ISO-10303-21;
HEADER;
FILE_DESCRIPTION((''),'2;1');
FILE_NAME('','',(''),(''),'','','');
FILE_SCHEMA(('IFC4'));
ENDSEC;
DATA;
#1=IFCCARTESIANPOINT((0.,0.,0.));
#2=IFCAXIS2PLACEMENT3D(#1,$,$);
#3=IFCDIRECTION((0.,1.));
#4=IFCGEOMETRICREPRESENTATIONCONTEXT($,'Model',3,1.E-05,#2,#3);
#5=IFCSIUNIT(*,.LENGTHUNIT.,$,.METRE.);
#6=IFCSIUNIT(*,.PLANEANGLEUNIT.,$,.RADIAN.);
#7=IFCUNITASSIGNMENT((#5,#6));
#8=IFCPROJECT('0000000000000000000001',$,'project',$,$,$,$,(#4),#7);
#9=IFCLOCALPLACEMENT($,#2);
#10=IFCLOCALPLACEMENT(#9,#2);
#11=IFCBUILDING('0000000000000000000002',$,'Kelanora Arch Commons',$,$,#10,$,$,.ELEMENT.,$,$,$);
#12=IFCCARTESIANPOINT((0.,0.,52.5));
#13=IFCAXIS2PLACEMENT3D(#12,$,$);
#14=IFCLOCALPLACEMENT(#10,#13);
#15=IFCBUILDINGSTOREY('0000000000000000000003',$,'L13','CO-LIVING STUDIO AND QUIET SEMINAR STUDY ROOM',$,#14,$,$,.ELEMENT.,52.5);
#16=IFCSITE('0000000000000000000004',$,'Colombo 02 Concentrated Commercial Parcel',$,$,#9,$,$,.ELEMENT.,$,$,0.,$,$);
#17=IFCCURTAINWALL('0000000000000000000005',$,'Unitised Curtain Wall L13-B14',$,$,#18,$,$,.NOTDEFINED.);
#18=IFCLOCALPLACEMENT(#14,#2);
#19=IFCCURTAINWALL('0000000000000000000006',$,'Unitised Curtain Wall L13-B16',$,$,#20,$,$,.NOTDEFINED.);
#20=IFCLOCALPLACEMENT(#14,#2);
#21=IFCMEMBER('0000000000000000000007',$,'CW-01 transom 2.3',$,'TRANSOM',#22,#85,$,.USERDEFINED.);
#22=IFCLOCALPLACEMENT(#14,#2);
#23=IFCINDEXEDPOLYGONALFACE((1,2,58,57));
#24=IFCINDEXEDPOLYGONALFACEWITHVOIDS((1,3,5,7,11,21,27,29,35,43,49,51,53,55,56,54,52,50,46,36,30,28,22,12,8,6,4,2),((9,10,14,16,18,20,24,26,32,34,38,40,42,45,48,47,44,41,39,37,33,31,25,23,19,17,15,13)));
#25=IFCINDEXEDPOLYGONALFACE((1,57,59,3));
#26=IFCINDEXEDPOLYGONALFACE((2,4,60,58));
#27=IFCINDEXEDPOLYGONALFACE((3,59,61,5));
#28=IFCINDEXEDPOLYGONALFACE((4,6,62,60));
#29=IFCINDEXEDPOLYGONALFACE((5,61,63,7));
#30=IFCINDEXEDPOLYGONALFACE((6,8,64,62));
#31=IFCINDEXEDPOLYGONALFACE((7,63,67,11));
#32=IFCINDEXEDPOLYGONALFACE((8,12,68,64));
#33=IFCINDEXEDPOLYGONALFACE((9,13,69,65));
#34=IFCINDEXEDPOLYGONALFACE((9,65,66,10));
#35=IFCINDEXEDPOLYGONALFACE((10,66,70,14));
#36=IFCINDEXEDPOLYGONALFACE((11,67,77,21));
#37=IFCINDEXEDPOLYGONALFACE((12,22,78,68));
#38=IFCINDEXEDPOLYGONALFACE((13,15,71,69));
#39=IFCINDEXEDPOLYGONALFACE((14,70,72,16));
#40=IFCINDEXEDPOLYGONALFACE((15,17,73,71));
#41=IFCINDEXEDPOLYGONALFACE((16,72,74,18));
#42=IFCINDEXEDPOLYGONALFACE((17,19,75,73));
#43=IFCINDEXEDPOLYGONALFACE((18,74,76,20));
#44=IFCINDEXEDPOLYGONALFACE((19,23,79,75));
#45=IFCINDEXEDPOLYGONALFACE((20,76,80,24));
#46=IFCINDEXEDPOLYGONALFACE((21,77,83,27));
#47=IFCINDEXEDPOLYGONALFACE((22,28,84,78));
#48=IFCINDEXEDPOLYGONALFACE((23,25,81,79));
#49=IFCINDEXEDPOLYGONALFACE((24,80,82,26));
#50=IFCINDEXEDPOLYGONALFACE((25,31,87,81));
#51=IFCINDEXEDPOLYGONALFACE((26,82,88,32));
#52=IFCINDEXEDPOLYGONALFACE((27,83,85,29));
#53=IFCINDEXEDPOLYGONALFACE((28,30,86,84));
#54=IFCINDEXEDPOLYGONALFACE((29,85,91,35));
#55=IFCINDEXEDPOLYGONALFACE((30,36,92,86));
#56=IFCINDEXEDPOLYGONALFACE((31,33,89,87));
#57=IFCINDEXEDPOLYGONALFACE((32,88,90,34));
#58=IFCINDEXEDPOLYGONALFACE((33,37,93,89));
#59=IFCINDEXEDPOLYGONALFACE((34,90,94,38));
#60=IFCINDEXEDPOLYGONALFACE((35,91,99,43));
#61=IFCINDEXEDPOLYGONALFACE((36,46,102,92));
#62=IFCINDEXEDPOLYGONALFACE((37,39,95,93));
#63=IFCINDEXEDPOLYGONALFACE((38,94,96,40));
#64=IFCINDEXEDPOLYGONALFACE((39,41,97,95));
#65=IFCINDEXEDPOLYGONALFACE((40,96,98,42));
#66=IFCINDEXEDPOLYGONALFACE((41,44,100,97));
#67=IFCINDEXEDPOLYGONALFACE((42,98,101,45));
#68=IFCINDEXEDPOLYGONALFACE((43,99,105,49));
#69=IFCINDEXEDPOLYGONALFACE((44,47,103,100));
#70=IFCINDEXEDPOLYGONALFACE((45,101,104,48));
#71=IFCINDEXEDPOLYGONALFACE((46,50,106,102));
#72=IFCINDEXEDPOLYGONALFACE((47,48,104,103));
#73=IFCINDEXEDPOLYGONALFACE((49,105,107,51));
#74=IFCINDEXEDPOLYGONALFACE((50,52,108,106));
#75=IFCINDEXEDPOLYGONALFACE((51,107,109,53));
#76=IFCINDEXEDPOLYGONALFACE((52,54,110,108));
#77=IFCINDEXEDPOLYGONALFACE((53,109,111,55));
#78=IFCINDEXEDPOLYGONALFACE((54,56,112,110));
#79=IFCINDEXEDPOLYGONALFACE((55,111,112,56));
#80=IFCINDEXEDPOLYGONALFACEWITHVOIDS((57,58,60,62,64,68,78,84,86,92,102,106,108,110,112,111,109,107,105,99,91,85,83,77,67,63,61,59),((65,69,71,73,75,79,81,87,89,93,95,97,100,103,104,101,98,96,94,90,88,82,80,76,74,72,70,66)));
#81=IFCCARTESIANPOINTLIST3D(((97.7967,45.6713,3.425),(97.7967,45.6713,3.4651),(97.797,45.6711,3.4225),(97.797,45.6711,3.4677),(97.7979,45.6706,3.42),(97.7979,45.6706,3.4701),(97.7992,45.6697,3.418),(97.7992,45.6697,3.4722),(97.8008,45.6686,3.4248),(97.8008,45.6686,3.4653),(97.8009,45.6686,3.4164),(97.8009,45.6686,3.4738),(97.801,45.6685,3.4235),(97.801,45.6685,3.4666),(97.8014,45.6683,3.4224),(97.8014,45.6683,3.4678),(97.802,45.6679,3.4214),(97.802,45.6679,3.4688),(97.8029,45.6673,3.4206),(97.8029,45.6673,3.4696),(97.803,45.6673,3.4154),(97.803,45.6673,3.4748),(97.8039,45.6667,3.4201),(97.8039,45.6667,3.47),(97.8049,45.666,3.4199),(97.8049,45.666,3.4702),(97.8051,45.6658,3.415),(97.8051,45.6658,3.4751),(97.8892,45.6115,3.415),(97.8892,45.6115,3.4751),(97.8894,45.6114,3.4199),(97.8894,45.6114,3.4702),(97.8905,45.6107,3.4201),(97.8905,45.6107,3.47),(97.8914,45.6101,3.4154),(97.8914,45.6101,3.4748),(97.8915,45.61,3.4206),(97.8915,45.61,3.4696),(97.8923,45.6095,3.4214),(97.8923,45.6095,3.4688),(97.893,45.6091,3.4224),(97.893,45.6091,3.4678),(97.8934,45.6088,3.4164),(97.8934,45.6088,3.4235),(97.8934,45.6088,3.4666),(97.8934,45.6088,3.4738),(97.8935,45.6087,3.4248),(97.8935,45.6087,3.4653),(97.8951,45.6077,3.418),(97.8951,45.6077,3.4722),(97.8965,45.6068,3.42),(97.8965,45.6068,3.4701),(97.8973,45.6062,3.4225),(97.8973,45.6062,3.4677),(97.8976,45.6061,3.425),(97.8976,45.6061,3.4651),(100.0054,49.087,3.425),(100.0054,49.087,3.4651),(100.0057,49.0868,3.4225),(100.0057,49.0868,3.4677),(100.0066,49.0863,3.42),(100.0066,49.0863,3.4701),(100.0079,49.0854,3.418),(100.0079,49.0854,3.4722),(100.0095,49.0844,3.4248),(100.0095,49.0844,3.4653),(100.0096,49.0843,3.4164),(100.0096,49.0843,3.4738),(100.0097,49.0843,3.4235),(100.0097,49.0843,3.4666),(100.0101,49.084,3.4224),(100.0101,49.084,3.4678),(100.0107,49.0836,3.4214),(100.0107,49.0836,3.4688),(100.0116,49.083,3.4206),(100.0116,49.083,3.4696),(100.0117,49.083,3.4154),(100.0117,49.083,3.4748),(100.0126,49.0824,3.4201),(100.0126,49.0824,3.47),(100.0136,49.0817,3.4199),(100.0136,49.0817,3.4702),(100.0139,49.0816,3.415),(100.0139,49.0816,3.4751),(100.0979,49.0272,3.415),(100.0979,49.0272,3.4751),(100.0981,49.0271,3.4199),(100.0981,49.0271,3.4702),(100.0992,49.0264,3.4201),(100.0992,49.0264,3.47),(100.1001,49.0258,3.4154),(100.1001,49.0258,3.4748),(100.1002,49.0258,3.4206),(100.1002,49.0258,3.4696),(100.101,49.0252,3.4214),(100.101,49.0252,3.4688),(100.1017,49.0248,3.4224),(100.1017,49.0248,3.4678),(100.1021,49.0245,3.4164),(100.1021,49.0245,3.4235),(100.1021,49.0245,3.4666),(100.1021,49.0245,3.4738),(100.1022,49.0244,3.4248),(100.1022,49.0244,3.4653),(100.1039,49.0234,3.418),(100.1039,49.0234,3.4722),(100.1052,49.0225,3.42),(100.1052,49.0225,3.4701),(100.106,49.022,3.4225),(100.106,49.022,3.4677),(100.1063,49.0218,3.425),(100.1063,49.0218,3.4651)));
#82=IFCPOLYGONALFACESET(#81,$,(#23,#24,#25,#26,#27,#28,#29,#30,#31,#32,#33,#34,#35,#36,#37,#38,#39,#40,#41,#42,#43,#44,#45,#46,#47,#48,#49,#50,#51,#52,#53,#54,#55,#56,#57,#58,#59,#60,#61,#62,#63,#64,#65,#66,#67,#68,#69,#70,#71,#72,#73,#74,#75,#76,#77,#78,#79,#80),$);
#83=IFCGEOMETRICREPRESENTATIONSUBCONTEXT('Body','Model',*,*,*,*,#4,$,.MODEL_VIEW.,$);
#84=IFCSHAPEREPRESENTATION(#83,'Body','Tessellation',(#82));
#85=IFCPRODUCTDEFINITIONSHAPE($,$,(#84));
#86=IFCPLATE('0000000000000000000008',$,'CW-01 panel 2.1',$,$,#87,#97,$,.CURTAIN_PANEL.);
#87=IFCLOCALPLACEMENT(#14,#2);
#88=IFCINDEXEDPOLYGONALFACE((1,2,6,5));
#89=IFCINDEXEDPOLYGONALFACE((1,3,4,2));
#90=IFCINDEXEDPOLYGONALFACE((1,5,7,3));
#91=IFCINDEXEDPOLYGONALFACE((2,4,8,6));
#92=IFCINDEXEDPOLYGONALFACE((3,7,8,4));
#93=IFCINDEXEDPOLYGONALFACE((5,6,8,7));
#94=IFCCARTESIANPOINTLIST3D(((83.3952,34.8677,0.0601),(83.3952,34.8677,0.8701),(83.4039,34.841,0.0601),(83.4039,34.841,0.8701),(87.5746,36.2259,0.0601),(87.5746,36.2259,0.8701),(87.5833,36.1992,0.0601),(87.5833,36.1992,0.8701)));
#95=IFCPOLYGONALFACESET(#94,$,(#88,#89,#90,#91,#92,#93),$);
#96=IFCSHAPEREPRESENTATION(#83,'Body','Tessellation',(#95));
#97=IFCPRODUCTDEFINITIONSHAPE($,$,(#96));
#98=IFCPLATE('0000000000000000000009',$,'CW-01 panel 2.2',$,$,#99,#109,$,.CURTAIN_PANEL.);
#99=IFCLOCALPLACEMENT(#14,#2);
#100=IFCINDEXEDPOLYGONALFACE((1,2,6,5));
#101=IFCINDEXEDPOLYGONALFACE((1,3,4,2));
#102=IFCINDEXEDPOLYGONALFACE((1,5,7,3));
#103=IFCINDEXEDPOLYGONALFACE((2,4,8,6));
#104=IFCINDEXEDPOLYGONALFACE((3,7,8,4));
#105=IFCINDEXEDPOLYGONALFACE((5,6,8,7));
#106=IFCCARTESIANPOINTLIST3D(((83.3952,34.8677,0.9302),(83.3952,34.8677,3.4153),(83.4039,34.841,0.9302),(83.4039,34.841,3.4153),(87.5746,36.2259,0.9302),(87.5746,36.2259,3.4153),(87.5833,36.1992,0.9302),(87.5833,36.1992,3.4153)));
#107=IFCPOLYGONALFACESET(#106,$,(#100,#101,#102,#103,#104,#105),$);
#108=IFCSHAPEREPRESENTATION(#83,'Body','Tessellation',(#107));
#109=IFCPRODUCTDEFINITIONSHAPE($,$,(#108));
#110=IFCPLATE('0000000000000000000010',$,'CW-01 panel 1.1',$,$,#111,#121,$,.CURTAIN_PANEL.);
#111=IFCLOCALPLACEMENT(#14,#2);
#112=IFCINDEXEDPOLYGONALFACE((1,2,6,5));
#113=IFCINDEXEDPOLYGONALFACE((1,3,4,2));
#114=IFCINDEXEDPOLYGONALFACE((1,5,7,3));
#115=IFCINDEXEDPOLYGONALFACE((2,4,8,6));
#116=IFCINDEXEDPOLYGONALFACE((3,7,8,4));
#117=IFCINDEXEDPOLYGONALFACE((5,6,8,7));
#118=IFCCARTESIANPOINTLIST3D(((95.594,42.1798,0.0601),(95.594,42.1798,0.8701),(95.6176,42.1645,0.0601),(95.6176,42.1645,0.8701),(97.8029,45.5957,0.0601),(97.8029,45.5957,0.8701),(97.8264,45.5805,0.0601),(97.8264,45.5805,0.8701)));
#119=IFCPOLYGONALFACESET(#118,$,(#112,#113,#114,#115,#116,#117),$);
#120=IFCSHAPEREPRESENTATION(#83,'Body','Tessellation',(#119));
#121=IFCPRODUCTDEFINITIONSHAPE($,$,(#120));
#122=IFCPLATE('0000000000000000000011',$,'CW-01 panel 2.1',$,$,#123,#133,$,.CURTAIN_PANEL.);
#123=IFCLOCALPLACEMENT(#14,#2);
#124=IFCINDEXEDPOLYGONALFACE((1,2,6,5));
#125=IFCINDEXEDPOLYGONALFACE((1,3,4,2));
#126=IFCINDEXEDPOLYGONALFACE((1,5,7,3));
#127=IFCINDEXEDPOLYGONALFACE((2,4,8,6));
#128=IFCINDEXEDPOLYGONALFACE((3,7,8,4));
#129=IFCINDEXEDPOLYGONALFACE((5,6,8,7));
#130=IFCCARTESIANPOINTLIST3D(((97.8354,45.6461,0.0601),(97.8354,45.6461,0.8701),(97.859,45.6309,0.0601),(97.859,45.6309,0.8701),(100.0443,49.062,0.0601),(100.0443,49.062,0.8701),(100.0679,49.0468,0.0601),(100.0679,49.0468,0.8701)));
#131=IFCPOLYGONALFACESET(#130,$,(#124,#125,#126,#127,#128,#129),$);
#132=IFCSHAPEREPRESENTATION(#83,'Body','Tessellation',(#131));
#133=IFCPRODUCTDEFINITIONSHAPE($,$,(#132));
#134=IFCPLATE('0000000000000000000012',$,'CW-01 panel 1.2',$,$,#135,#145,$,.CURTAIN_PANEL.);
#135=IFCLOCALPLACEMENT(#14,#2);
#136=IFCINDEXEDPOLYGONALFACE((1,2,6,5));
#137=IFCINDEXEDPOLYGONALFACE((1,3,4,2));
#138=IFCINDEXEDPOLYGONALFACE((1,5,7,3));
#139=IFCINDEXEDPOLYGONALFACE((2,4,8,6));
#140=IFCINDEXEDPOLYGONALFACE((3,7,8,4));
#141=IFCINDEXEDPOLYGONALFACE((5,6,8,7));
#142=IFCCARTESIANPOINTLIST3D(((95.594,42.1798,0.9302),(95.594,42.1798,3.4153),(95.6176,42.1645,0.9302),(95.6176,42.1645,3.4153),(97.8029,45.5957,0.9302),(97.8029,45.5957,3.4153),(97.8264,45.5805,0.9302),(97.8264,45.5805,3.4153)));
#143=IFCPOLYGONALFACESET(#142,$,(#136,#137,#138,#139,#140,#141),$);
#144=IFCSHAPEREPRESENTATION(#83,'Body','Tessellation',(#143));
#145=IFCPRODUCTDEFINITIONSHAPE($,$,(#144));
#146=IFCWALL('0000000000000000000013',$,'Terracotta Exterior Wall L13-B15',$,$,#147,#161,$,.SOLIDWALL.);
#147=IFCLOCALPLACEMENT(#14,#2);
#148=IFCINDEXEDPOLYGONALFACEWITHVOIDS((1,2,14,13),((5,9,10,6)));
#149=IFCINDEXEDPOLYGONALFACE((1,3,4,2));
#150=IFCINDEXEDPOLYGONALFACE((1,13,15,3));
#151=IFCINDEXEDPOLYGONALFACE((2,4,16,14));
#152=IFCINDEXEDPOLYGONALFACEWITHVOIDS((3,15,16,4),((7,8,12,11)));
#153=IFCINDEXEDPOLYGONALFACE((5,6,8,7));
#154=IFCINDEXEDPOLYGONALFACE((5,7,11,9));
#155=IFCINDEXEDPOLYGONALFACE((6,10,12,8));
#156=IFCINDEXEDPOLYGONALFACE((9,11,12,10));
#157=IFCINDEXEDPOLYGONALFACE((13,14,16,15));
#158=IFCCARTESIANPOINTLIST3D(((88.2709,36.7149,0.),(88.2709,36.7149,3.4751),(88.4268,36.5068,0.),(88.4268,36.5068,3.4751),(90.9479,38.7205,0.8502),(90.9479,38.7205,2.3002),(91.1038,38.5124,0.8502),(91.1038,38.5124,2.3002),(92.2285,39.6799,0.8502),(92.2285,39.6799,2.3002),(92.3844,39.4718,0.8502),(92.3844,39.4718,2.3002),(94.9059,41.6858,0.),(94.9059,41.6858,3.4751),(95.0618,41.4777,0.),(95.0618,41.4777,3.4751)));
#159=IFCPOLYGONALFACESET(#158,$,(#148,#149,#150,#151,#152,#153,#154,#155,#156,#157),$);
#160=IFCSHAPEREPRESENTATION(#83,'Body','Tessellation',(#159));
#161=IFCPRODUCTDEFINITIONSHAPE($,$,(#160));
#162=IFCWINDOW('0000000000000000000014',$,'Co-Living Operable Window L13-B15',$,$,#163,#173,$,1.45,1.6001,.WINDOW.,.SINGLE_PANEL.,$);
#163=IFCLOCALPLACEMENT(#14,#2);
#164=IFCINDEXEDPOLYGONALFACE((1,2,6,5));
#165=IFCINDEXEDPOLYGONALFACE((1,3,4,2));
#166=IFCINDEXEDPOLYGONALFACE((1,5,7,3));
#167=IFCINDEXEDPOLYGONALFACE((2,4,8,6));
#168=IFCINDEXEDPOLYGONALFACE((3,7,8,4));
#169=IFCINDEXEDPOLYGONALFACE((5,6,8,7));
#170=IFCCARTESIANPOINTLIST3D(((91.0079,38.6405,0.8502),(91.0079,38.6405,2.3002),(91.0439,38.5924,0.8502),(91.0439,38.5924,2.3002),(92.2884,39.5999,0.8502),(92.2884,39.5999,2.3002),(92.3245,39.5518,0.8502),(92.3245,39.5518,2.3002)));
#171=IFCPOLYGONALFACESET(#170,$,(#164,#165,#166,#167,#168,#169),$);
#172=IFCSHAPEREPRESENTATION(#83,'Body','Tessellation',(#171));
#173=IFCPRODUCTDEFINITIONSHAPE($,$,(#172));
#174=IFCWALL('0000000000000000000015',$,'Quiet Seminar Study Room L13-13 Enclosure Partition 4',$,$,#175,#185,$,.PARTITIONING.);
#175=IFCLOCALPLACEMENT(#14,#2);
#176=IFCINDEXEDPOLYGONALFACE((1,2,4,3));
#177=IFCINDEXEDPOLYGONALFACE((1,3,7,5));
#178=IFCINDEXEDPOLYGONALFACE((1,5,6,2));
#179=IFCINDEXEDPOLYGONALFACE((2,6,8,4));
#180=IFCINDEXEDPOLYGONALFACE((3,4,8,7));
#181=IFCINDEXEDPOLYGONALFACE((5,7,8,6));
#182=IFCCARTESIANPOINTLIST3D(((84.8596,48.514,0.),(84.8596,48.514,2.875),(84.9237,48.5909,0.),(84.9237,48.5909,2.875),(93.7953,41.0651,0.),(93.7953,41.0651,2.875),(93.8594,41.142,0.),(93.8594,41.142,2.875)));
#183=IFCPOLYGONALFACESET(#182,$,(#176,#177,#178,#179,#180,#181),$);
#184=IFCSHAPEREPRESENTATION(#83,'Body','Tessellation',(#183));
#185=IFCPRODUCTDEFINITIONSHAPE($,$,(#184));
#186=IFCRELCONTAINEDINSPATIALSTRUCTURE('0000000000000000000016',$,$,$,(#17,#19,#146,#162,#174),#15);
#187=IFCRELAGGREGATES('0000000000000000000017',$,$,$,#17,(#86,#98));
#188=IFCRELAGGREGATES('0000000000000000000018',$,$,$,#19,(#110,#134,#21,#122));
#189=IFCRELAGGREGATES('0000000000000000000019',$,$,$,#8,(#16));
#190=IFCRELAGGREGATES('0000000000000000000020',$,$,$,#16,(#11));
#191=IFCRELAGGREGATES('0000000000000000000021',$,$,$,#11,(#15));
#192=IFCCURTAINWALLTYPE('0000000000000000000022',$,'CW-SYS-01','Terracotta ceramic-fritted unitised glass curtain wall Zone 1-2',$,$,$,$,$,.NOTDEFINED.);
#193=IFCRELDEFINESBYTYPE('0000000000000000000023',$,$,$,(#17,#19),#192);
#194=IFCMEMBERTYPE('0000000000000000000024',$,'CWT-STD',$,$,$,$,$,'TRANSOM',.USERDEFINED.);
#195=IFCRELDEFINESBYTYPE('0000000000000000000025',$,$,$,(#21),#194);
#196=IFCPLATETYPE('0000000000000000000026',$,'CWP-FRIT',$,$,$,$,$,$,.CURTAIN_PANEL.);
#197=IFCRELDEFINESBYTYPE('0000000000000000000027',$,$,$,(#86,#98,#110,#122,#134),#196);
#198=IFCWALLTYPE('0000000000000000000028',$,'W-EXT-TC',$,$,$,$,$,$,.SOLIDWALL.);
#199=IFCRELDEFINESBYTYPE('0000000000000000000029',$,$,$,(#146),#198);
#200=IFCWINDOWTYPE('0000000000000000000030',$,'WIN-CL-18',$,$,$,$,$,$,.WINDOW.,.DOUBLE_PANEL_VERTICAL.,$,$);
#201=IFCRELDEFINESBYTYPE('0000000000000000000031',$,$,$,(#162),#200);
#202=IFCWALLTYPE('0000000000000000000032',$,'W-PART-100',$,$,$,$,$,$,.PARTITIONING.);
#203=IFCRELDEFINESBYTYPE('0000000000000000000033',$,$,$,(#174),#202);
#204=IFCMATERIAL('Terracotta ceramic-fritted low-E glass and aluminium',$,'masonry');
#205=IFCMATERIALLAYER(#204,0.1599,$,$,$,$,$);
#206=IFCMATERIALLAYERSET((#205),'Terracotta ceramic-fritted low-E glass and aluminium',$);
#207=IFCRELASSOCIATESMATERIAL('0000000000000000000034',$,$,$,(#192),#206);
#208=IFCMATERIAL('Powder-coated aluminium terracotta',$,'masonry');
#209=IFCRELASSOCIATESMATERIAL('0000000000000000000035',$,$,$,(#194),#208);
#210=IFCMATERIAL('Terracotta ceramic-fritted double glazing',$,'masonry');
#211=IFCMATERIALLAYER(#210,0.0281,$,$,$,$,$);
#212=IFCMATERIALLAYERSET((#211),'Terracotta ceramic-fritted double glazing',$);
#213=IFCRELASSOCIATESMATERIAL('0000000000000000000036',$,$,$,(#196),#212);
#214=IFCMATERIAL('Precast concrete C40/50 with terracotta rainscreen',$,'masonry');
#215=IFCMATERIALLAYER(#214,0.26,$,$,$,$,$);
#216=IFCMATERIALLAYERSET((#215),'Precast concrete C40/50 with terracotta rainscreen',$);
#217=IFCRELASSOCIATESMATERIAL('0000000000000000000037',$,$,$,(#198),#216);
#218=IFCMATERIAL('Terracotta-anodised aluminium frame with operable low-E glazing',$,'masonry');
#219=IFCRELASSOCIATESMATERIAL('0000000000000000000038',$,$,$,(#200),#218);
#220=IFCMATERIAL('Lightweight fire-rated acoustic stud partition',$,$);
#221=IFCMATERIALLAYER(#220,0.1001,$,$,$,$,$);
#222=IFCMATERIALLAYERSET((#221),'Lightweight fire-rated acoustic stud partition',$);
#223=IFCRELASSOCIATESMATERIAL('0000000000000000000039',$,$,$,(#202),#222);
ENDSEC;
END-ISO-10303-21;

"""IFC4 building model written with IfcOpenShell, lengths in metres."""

from ifc_helpers import new_model, si_unit, direction, frame, frame_2d, origin, origin_2d, place, context, subcontext, project, spatial, rectangle, hollow_rectangle, extrude, source, transform, mapped, material, layer, layer_set, material_profile, profile_set, type_object, element, fill, aggregate, save


model = new_model("IFC4")

# Units and contexts
model_context = context("Model", 3, precision=1e-05, world=origin(), true_north=direction((0.0, 1.0)))
body_context = subcontext(model_context, "Body", "Model", "MODEL_VIEW")
ifc_project = project(units=[si_unit("LENGTHUNIT", "METRE"), si_unit("PLANEANGLEUNIT", "RADIAN")], contexts=[model_context])

# Site, building, storey
site_placement = place(None, origin())
site = spatial("IfcSite", under=ifc_project, at=site_placement, Name="Colombo 02 Concentrated Commercial Parcel", CompositionType="ELEMENT", RefElevation=0.0)
building_placement = place(site_placement, origin())
building = spatial("IfcBuilding", under=site, at=building_placement, Name="Kelanora Arch Commons", CompositionType="ELEMENT")
storey_placement = place(building_placement, frame((0.0, 0.0, 52.5)))
storey = spatial("IfcBuildingStorey", under=building, at=storey_placement, Name="L13", Description="CO-LIVING STUDIO AND QUIET SEMINAR STUDY ROOM", CompositionType="ELEMENT", Elevation=52.5)

# Curtain wall
ifc_material_1 = material(Name="Terracotta ceramic-fritted low-E glass and aluminium", Category="masonry")
ifc_layer_1 = layer(ifc_material_1, 0.1599)
ifc_layer_set_1 = layer_set([ifc_layer_1], Name="Terracotta ceramic-fritted low-E glass and aluminium")
curtain_wall_type = type_object("IfcCurtainWallType", Name="CW-SYS-01", Description="Terracotta ceramic-fritted unitised glass curtain wall Zone 1-2", PredefinedType="NOTDEFINED", material=ifc_layer_set_1)
curtain_wall_1_placement = place(storey_placement, origin())
curtain_wall_1 = element("IfcCurtainWall", 1, at=curtain_wall_1_placement, inside=storey, type_object=curtain_wall_type, Name="Unitised Curtain Wall L13-B14", PredefinedType="NOTDEFINED")
ifc_material_2 = material(Name="Powder-coated aluminium terracotta", Category="masonry")

# Curtain wall, member
curtain_wall_2_placement = place(storey_placement, origin())
curtain_wall_2 = element("IfcCurtainWall", 2, at=curtain_wall_2_placement, inside=storey, type_object=curtain_wall_type, Name="Unitised Curtain Wall L13-B16", PredefinedType="NOTDEFINED")
ifc_material_profile_1 = material_profile(ifc_material_2, hollow_rectangle(XDim=0.1201, YDim=0.0601, WallThickness=0.0049, InnerFilletRadius=0.0049, OuterFilletRadius=0.01, at=origin_2d()), Name="CWT120x60")
ifc_profile_set_1 = profile_set([ifc_material_profile_1], Name="Powder-coated aluminium terracotta")
member_type_1 = type_object("IfcMemberType", Name="CWT-STD", ElementType="TRANSOM", PredefinedType="USERDEFINED", material=ifc_profile_set_1)
member_1_placement = place(storey_placement, frame((97.8472, 45.6387, 3.4451), z_axis=(0.542997, 0.839734, 0.0), x_axis=(-0.839734, 0.542997, 0.0)))
member_1 = element("IfcMember", 3, at=member_1_placement, type_object=member_type_1, Name="CW-01 transom 2.3", ObjectType="TRANSOM", PredefinedType="USERDEFINED", context=body_context, shape_type="SweptSolid", body=[
    extrude(hollow_rectangle(XDim=0.1201, YDim=0.0601, WallThickness=0.0049, InnerFilletRadius=0.0049, OuterFilletRadius=0.01, at=origin_2d()), origin(), (0.0, 0.0, 1.0), 4.0676),
])

# Plates
ifc_material_3 = material(Name="Terracotta ceramic-fritted double glazing", Category="masonry")
ifc_layer_2 = layer(ifc_material_3, 0.0281)
ifc_layer_set_2 = layer_set([ifc_layer_2], Name="Terracotta ceramic-fritted double glazing")
plate_type = type_object("IfcPlateType", Name="CWP-FRIT", PredefinedType="CURTAIN_PANEL", material=ifc_layer_set_2)
shared_shape_1 = source(origin(), body_context, "Body", "SweptSolid", [
    extrude(rectangle(XDim=4.3945, YDim=0.0281, at=origin_2d()), origin(), (0.0, 0.0, 1.0), 0.8101),
])
plate_1_placement = place(storey_placement, frame((85.4893, 35.5334, 0.0601), z_axis=(0.0, 0.0, 1.0), x_axis=(0.951043, 0.309058, 0.0)))
plate_1 = element("IfcPlate", 4, at=plate_1_placement, type_object=plate_type, Name="CW-01 panel 2.1", PredefinedType="CURTAIN_PANEL", context=body_context, shape_type="MappedRepresentation", body=[
    mapped(shared_shape_1, transform((0.0, 0.0, 0.0), scale=1.0)),
])
shared_shape_2 = source(origin(), body_context, "Body", "SweptSolid", [
    extrude(rectangle(XDim=4.3945, YDim=0.0281, at=origin_2d()), origin(), (0.0, 0.0, 1.0), 2.4851),
])
plate_2_placement = place(storey_placement, frame((85.4893, 35.5334, 0.9302), z_axis=(0.0, 0.0, 1.0), x_axis=(0.951043, 0.309058, 0.0)))
plate_2 = element("IfcPlate", 5, at=plate_2_placement, type_object=plate_type, Name="CW-01 panel 2.2", PredefinedType="CURTAIN_PANEL", context=body_context, shape_type="MappedRepresentation", body=[
    mapped(shared_shape_2, transform((0.0, 0.0, 0.0), scale=1.0)),
])
aggregate(curtain_wall_1, [plate_1, plate_2])
shared_shape_3 = source(origin(), body_context, "Body", "SweptSolid", [
    extrude(rectangle(XDim=4.0679, YDim=0.0281, at=origin_2d()), origin(), (0.0, 0.0, 1.0), 0.8101),
])
plate_3_placement = place(storey_placement, frame((96.7102, 43.8801, 0.0601), z_axis=(0.0, 0.0, 1.0), x_axis=(0.543004, 0.83973, 0.0)))
plate_3 = element("IfcPlate", 6, at=plate_3_placement, type_object=plate_type, Name="CW-01 panel 1.1", PredefinedType="CURTAIN_PANEL", context=body_context, shape_type="MappedRepresentation", body=[
    mapped(shared_shape_3, transform((0.0, 0.0, 0.0), scale=1.0)),
])
plate_4_placement = place(storey_placement, frame((98.9517, 47.3464, 0.0601), z_axis=(0.0, 0.0, 1.0), x_axis=(0.543004, 0.83973, 0.0)))
plate_4 = element("IfcPlate", 7, at=plate_4_placement, type_object=plate_type, Name="CW-01 panel 2.1", PredefinedType="CURTAIN_PANEL", context=body_context, shape_type="MappedRepresentation", body=[
    mapped(shared_shape_3, transform((0.0, 0.0, 0.0), scale=1.0)),
])
shared_shape_4 = source(origin(), body_context, "Body", "SweptSolid", [
    extrude(rectangle(XDim=4.0679, YDim=0.0281, at=origin_2d()), origin(), (0.0, 0.0, 1.0), 2.4851),
])
plate_5_placement = place(storey_placement, frame((96.7102, 43.8801, 0.9302), z_axis=(0.0, 0.0, 1.0), x_axis=(0.543004, 0.83973, 0.0)))
plate_5 = element("IfcPlate", 8, at=plate_5_placement, type_object=plate_type, Name="CW-01 panel 1.2", PredefinedType="CURTAIN_PANEL", context=body_context, shape_type="MappedRepresentation", body=[
    mapped(shared_shape_4, transform((0.0, 0.0, 0.0), scale=1.0)),
])
aggregate(curtain_wall_2, [plate_3, plate_5, member_1, plate_4])

# Wall, opening, window
ifc_material_4 = material(Name="Precast concrete C40/50 with terracotta rainscreen", Category="masonry")
ifc_layer_3 = layer(ifc_material_4, 0.26)
ifc_layer_set_3 = layer_set([ifc_layer_3], Name="Precast concrete C40/50 with terracotta rainscreen")
wall_type_1 = type_object("IfcWallType", Name="W-EXT-TC", PredefinedType="SOLIDWALL", material=ifc_layer_set_3)
wall_1_placement = place(storey_placement, frame((88.3489, 36.6108, 0.0), z_axis=(0.0, 0.0, 1.0), x_axis=(0.800307, 0.59959, 0.0)))
wall_1 = element("IfcWall", 9, at=wall_1_placement, inside=storey, type_object=wall_type_1, Name="Terracotta Exterior Wall L13-B15", PredefinedType="SOLIDWALL", context=body_context, shape_type="SweptSolid", body=[
    extrude(rectangle(XDim=8.2905, YDim=0.26, at=frame_2d((4.1453, 0.0))), origin(), (0.0, 0.0, 1.0), 3.4751),
])
opening_placement = place(wall_1_placement, frame((3.345, 0.0, 0.8501)))
opening = element("IfcOpeningElement", 10, at=opening_placement, cuts=wall_1, PredefinedType="OPENING", context=body_context, shape_type="SweptSolid", body=[
    extrude(rectangle(XDim=1.6001, YDim=1.45, at=frame_2d((0.8, 0.7251))), frame((0.0, 0.1401, 0.0), z_axis=(0.0, -1.0, 0.0), x_axis=(1.0, 0.0, 0.0)), (0.0, 0.0, 1.0), 0.28),
])
ifc_material_5 = material(Name="Terracotta-anodised aluminium frame with operable low-E glazing", Category="masonry")
window_type = type_object("IfcWindowType", Name="WIN-CL-18", PartitioningType="DOUBLE_PANEL_VERTICAL", PredefinedType="WINDOW", material=ifc_material_5)
window_placement = place(opening_placement, origin())
window = element("IfcWindow", 11, at=window_placement, inside=storey, type_object=window_type, Name="Co-Living Operable Window L13-B15", OverallHeight=1.45, OverallWidth=1.6001, PartitioningType="SINGLE_PANEL", PredefinedType="WINDOW", context=body_context, shape_type="SweptSolid", body=[
    extrude(rectangle(XDim=1.6001, YDim=1.45, at=frame_2d((0.8, 0.7251))), frame((0.0, 0.03, 0.0), z_axis=(0.0, -1.0, 0.0), x_axis=(1.0, 0.0, 0.0)), (0.0, 0.0, 1.0), 0.0601),
])
fill(opening, window)

# Wall
ifc_material_6 = material(Name="Lightweight fire-rated acoustic stud partition")
ifc_layer_4 = layer(ifc_material_6, 0.1001)
ifc_layer_set_4 = layer_set([ifc_layer_4], Name="Lightweight fire-rated acoustic stud partition")
wall_type_2 = type_object("IfcWallType", Name="W-PART-100", PredefinedType="PARTITIONING", material=ifc_layer_set_4)
wall_2_placement = place(storey_placement, frame((93.8274, 41.1035, 0.0), z_axis=(0.0, 0.0, 1.0), x_axis=(-0.768116, 0.64031, 0.0)))
element("IfcWall", 12, at=wall_2_placement, inside=storey, type_object=wall_type_2, Name="Quiet Seminar Study Room L13-13 Enclosure Partition 4", PredefinedType="PARTITIONING", context=body_context, shape_type="SweptSolid", body=[
    extrude(rectangle(XDim=11.6333, YDim=0.1001, at=frame_2d((5.8167, 0.0))), origin(), (0.0, 0.0, 1.0), 2.875),
])

save(model, "model.ifc")
